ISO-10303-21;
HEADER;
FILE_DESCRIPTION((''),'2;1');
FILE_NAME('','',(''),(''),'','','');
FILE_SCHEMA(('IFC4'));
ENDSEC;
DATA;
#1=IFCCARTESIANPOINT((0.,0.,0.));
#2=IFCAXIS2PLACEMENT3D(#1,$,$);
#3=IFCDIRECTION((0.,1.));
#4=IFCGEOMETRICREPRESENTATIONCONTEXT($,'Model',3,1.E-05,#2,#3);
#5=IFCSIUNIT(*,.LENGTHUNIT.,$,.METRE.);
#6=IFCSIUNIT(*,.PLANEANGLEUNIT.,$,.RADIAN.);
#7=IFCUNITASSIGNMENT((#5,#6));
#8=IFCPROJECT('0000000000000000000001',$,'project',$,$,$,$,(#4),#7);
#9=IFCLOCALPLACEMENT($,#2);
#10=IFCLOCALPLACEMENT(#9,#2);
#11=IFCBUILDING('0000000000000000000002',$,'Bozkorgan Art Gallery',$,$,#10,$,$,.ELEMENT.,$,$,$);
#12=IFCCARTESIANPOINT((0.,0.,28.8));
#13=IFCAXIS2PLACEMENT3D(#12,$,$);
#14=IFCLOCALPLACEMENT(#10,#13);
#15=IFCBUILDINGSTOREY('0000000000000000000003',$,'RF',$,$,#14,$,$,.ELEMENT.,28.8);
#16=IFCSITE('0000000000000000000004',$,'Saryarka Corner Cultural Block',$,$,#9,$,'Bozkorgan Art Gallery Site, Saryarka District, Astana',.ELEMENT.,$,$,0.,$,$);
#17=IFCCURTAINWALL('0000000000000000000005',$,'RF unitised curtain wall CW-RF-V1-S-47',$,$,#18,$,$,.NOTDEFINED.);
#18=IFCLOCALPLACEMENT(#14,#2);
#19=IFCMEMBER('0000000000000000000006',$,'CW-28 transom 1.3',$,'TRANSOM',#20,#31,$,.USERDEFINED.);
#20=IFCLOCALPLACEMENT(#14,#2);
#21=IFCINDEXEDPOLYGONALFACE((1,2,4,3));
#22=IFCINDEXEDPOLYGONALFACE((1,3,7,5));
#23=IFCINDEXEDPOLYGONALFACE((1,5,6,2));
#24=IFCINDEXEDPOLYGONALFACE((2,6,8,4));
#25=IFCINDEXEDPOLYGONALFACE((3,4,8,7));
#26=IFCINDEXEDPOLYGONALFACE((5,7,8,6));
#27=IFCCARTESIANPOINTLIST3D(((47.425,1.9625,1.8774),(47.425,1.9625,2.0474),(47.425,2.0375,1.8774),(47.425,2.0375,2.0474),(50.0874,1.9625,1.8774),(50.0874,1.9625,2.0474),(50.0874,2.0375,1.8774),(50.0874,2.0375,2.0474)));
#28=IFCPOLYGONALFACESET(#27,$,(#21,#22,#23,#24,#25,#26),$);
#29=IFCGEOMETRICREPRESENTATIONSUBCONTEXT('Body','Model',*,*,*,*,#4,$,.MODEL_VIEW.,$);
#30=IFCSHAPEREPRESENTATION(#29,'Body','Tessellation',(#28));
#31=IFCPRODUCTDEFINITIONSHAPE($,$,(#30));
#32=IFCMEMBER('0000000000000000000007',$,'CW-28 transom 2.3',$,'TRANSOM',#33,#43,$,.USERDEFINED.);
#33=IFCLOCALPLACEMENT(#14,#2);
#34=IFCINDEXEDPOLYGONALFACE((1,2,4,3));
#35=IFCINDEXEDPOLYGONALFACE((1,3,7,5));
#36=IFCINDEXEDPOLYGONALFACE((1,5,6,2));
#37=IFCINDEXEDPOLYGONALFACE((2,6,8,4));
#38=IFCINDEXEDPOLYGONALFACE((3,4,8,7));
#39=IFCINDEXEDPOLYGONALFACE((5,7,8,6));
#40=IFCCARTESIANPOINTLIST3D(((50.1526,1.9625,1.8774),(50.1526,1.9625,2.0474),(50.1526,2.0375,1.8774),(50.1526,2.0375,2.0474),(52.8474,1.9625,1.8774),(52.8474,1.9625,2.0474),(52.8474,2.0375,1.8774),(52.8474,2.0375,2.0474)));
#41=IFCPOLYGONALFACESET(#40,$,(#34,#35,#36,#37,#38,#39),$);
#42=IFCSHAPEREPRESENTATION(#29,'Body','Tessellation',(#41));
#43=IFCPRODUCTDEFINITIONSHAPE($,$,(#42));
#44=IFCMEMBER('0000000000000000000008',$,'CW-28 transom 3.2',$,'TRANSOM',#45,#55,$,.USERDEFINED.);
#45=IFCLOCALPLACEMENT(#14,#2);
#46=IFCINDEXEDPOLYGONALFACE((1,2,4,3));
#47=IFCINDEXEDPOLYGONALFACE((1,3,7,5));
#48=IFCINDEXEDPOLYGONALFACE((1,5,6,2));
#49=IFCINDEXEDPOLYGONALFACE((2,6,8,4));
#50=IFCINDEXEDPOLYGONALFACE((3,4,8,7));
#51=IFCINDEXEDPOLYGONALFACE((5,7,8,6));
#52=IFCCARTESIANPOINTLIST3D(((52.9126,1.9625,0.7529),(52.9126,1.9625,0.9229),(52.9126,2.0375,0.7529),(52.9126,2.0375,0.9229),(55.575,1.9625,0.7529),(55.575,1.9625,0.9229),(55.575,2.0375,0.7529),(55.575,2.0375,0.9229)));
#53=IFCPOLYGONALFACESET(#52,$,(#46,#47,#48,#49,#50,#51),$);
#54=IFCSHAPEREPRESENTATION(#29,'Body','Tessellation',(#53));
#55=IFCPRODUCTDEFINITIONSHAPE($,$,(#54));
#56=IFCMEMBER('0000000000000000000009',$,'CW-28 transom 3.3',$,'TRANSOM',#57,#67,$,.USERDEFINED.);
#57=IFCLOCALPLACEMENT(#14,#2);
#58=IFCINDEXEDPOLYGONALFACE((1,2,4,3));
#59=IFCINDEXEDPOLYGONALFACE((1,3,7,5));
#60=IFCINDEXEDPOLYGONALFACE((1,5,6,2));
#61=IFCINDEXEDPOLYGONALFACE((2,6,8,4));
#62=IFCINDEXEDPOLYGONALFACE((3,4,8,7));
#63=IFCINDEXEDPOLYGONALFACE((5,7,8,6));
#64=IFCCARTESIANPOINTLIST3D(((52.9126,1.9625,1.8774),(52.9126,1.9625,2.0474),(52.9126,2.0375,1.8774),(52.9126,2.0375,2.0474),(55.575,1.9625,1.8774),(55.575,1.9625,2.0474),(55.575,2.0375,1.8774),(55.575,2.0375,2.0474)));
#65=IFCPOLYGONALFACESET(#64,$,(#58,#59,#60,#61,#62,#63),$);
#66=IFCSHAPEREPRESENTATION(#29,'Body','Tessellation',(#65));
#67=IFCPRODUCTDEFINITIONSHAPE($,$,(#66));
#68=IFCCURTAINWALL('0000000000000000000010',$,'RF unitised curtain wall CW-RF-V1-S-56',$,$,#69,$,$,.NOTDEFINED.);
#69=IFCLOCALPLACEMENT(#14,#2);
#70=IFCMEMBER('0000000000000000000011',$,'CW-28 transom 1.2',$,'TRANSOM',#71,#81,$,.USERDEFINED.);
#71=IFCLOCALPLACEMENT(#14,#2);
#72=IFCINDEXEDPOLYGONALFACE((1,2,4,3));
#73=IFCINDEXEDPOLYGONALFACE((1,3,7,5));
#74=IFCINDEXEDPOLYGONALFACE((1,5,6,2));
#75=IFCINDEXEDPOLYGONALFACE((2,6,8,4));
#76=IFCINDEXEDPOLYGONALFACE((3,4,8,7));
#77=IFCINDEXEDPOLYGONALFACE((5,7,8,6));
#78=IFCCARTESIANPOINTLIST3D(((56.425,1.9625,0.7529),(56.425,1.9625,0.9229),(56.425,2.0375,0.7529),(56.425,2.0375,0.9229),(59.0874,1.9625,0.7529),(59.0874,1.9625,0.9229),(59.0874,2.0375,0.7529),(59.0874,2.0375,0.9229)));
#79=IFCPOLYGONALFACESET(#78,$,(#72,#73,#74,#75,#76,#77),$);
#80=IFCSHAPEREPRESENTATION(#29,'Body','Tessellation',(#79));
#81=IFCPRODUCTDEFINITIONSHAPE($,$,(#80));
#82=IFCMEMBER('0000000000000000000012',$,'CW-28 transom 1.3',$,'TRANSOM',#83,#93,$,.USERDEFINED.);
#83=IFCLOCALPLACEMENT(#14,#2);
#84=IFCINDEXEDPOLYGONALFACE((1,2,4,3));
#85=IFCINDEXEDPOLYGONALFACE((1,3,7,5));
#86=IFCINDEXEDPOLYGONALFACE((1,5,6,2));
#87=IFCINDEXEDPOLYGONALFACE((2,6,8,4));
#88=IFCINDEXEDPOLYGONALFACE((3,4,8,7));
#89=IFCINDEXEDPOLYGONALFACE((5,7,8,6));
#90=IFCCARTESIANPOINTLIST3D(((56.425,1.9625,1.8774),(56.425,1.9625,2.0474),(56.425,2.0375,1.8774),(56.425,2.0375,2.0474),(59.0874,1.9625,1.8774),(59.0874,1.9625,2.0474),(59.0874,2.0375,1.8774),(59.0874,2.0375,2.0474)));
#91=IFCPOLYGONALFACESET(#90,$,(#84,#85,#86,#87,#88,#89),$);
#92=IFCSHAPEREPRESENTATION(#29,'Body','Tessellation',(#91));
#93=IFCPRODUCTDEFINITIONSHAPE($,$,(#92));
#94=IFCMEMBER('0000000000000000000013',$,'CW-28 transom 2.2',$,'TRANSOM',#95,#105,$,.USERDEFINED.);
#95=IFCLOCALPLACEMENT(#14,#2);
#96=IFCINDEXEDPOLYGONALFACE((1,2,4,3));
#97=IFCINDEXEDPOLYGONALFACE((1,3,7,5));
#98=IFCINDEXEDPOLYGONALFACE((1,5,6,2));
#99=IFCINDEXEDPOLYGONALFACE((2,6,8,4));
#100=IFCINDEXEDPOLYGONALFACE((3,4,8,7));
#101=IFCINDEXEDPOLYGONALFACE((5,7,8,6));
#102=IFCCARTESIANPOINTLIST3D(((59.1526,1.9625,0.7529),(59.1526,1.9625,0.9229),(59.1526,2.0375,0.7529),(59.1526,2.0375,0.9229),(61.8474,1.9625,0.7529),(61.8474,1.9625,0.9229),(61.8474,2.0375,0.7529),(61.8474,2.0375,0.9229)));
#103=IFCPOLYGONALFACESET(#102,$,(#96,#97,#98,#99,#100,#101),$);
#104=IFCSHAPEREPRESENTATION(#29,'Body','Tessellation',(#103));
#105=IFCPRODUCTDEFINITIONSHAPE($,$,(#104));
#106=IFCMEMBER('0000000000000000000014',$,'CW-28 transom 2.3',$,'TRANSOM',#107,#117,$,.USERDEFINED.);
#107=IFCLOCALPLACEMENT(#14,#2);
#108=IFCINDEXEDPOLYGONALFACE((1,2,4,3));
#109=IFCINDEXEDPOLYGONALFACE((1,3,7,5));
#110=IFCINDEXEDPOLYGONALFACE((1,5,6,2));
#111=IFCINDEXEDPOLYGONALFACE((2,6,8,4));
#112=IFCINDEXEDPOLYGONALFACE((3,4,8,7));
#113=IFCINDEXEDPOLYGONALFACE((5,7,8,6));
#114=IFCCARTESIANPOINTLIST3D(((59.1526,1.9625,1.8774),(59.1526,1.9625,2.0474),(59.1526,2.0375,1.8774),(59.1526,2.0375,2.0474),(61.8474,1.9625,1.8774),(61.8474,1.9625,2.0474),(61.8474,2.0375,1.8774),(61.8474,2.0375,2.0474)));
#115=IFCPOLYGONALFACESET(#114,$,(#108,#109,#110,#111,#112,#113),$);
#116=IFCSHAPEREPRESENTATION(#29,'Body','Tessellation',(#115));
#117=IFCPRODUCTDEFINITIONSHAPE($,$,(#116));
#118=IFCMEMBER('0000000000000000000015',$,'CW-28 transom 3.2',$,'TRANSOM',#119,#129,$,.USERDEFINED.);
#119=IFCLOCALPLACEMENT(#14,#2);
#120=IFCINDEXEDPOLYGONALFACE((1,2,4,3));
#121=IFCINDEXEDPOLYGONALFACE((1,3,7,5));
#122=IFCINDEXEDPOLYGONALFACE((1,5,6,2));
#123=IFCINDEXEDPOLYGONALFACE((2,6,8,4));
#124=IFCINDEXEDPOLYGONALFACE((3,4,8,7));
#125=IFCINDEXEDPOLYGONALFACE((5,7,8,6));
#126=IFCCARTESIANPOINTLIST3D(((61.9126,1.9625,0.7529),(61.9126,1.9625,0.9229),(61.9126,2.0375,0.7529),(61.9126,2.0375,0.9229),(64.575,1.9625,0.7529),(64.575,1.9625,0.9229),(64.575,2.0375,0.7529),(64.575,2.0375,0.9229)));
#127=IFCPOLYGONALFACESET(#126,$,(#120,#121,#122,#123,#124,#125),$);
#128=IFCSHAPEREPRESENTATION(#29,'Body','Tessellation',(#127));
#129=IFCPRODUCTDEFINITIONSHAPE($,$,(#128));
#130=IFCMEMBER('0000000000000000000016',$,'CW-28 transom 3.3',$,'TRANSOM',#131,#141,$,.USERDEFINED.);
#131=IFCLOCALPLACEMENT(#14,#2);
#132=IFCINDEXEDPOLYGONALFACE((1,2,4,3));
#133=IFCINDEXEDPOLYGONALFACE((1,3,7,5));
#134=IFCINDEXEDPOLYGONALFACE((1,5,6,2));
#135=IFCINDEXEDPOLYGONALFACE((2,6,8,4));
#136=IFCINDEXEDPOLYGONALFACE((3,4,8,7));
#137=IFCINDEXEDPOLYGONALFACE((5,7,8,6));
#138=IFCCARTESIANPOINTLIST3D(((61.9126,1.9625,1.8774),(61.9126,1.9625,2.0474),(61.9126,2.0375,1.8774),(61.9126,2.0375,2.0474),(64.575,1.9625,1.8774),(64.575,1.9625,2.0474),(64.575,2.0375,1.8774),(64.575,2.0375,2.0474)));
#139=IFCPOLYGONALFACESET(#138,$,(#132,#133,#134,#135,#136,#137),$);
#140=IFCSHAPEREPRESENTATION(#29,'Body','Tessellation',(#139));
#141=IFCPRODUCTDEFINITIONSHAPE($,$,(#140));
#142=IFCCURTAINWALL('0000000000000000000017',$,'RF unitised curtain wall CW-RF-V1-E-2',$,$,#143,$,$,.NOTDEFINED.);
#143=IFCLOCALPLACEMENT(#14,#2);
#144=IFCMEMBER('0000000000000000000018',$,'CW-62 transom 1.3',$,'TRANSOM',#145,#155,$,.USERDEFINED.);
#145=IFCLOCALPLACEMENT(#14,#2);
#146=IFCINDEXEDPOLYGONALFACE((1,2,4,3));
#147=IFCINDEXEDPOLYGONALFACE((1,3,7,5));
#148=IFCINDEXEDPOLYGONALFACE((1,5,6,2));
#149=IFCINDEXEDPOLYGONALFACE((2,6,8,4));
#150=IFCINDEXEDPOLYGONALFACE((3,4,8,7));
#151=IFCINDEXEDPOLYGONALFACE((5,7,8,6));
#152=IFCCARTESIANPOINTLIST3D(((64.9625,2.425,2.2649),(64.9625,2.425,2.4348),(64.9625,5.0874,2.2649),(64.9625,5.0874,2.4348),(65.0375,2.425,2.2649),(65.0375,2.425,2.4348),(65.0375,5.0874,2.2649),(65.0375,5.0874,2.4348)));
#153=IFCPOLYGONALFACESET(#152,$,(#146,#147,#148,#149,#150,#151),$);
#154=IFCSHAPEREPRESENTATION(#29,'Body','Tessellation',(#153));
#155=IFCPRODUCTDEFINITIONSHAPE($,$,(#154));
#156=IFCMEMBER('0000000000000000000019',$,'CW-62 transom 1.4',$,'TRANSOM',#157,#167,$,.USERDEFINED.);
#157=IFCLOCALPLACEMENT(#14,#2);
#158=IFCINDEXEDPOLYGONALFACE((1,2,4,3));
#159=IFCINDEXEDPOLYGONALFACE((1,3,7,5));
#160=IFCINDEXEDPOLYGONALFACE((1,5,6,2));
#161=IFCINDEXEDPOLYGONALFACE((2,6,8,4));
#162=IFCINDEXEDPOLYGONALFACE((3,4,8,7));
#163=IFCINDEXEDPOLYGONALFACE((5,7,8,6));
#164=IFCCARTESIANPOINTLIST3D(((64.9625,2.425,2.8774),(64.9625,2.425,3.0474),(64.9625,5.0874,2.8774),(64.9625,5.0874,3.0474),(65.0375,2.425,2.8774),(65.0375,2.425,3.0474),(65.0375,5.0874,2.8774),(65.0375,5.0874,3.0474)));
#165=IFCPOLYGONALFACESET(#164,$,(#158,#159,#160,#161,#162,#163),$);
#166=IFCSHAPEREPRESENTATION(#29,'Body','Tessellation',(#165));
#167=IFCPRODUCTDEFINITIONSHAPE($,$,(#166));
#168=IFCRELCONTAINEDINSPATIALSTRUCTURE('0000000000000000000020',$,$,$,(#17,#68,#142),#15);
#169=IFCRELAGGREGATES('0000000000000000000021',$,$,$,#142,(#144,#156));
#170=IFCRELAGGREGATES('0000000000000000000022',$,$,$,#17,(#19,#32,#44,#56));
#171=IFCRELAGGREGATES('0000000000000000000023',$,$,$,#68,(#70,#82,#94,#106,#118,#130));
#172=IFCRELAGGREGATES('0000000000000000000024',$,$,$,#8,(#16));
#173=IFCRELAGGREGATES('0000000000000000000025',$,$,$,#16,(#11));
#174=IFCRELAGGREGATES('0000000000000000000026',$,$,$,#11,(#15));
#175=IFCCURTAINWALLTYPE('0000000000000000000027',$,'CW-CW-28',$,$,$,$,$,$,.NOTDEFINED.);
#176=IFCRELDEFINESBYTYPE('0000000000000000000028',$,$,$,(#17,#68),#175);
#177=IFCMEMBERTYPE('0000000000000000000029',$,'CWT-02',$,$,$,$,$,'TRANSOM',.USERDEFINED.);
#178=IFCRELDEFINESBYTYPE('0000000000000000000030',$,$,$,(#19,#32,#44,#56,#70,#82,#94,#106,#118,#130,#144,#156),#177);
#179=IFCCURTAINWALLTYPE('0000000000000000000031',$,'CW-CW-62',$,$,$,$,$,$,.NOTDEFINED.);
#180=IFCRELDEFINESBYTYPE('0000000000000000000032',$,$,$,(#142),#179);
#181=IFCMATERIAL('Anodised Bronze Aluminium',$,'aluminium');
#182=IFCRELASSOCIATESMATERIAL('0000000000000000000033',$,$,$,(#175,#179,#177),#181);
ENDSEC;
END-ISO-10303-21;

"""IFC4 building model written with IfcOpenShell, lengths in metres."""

from ifc_helpers import new_model, si_unit, direction, frame, origin, origin_2d, place, context, subcontext, project, spatial, rectangle, extrude, material, material_profile, profile_set, type_object, element, aggregate, save


model = new_model("IFC4")

# Units and contexts
model_context = context("Model", 3, precision=1e-05, world=origin(), true_north=direction((0.0, 1.0)))
body_context = subcontext(model_context, "Body", "Model", "MODEL_VIEW")
ifc_project = project(units=[si_unit("LENGTHUNIT", "METRE"), si_unit("PLANEANGLEUNIT", "RADIAN")], contexts=[model_context])

# Site, building, storey
site_placement = place(None, origin())
site = spatial("IfcSite", under=ifc_project, at=site_placement, Name="Saryarka Corner Cultural Block", LongName="Bozkorgan Art Gallery Site, Saryarka District, Astana", CompositionType="ELEMENT", RefElevation=0.0)
building_placement = place(site_placement, origin())
building = spatial("IfcBuilding", under=site, at=building_placement, Name="Bozkorgan Art Gallery", CompositionType="ELEMENT")
storey_placement = place(building_placement, frame((0.0, 0.0, 28.8)))
storey = spatial("IfcBuildingStorey", under=building, at=storey_placement, Name="RF", CompositionType="ELEMENT", Elevation=28.8)

# Curtain walls, members
ifc_material_1 = material(Name="Anodised Bronze Aluminium", Category="aluminium")
curtain_wall_type_1 = type_object("IfcCurtainWallType", Name="CW-CW-28", PredefinedType="NOTDEFINED", material=ifc_material_1)
curtain_wall_1_placement = place(storey_placement, origin())
curtain_wall_1 = element("IfcCurtainWall", 1, at=curtain_wall_1_placement, inside=storey, type_object=curtain_wall_type_1, Name="RF unitised curtain wall CW-RF-V1-S-47", PredefinedType="NOTDEFINED")
ifc_material_profile_1 = material_profile(ifc_material_1, rectangle(XDim=0.075, YDim=0.1699, at=origin_2d()), Name="ALU TRANSOM 75x170")
ifc_profile_set_1 = profile_set([ifc_material_profile_1], Name="Anodised Bronze Aluminium")
member_type_1 = type_object("IfcMemberType", Name="CWT-02", ElementType="TRANSOM", PredefinedType="USERDEFINED", material=ifc_profile_set_1)
member_1_placement = place(storey_placement, frame((47.425, 2.0, 1.9624), z_axis=(1.0, 0.0, 0.0), x_axis=(0.0, 1.0, 0.0)))
member_1 = element("IfcMember", 2, at=member_1_placement, type_object=member_type_1, Name="CW-28 transom 1.3", ObjectType="TRANSOM", PredefinedType="USERDEFINED", context=body_context, shape_type="SweptSolid", body=[
    extrude(rectangle(XDim=0.075, YDim=0.1699, at=origin_2d()), origin(), (0.0, 0.0, 1.0), 2.6624),
])
member_2_placement = place(storey_placement, frame((50.1526, 2.0, 1.9624), z_axis=(1.0, 0.0, 0.0), x_axis=(0.0, 1.0, 0.0)))
member_2 = element("IfcMember", 3, at=member_2_placement, type_object=member_type_1, Name="CW-28 transom 2.3", ObjectType="TRANSOM", PredefinedType="USERDEFINED", context=body_context, shape_type="SweptSolid", body=[
    extrude(rectangle(XDim=0.075, YDim=0.1699, at=origin_2d()), origin(), (0.0, 0.0, 1.0), 2.6948),
])
member_3_placement = place(storey_placement, frame((52.9126, 2.0, 0.8379), z_axis=(1.0, 0.0, 0.0), x_axis=(0.0, 1.0, 0.0)))
member_3 = element("IfcMember", 4, at=member_3_placement, type_object=member_type_1, Name="CW-28 transom 3.2", ObjectType="TRANSOM", PredefinedType="USERDEFINED", context=body_context, shape_type="SweptSolid", body=[
    extrude(rectangle(XDim=0.075, YDim=0.1699, at=origin_2d()), origin(), (0.0, 0.0, 1.0), 2.6624),
])
member_4_placement = place(storey_placement, frame((52.9126, 2.0, 1.9624), z_axis=(1.0, 0.0, 0.0), x_axis=(0.0, 1.0, 0.0)))
member_4 = element("IfcMember", 5, at=member_4_placement, type_object=member_type_1, Name="CW-28 transom 3.3", ObjectType="TRANSOM", PredefinedType="USERDEFINED", context=body_context, shape_type="SweptSolid", body=[
    extrude(rectangle(XDim=0.075, YDim=0.1699, at=origin_2d()), origin(), (0.0, 0.0, 1.0), 2.6624),
])
curtain_wall_2_placement = place(storey_placement, origin())
curtain_wall_2 = element("IfcCurtainWall", 6, at=curtain_wall_2_placement, inside=storey, type_object=curtain_wall_type_1, Name="RF unitised curtain wall CW-RF-V1-S-56", PredefinedType="NOTDEFINED")
member_5_placement = place(storey_placement, frame((56.425, 2.0, 0.8379), z_axis=(1.0, 0.0, 0.0), x_axis=(0.0, 1.0, 0.0)))
member_5 = element("IfcMember", 7, at=member_5_placement, type_object=member_type_1, Name="CW-28 transom 1.2", ObjectType="TRANSOM", PredefinedType="USERDEFINED", context=body_context, shape_type="SweptSolid", body=[
    extrude(rectangle(XDim=0.075, YDim=0.1699, at=origin_2d()), origin(), (0.0, 0.0, 1.0), 2.6624),
])
member_6_placement = place(storey_placement, frame((56.425, 2.0, 1.9624), z_axis=(1.0, 0.0, 0.0), x_axis=(0.0, 1.0, 0.0)))
member_6 = element("IfcMember", 8, at=member_6_placement, type_object=member_type_1, Name="CW-28 transom 1.3", ObjectType="TRANSOM", PredefinedType="USERDEFINED", context=body_context, shape_type="SweptSolid", body=[
    extrude(rectangle(XDim=0.075, YDim=0.1699, at=origin_2d()), origin(), (0.0, 0.0, 1.0), 2.6624),
])
member_7_placement = place(storey_placement, frame((59.1526, 2.0, 0.8379), z_axis=(1.0, 0.0, 0.0), x_axis=(0.0, 1.0, 0.0)))
member_7 = element("IfcMember", 9, at=member_7_placement, type_object=member_type_1, Name="CW-28 transom 2.2", ObjectType="TRANSOM", PredefinedType="USERDEFINED", context=body_context, shape_type="SweptSolid", body=[
    extrude(rectangle(XDim=0.075, YDim=0.1699, at=origin_2d()), origin(), (0.0, 0.0, 1.0), 2.6948),
])
member_8_placement = place(storey_placement, frame((59.1526, 2.0, 1.9624), z_axis=(1.0, 0.0, 0.0), x_axis=(0.0, 1.0, 0.0)))
member_8 = element("IfcMember", 10, at=member_8_placement, type_object=member_type_1, Name="CW-28 transom 2.3", ObjectType="TRANSOM", PredefinedType="USERDEFINED", context=body_context, shape_type="SweptSolid", body=[
    extrude(rectangle(XDim=0.075, YDim=0.1699, at=origin_2d()), origin(), (0.0, 0.0, 1.0), 2.6948),
])
member_9_placement = place(storey_placement, frame((61.9126, 2.0, 0.8379), z_axis=(1.0, 0.0, 0.0), x_axis=(0.0, 1.0, 0.0)))
member_9 = element("IfcMember", 11, at=member_9_placement, type_object=member_type_1, Name="CW-28 transom 3.2", ObjectType="TRANSOM", PredefinedType="USERDEFINED", context=body_context, shape_type="SweptSolid", body=[
    extrude(rectangle(XDim=0.075, YDim=0.1699, at=origin_2d()), origin(), (0.0, 0.0, 1.0), 2.6624),
])
member_10_placement = place(storey_placement, frame((61.9126, 2.0, 1.9624), z_axis=(1.0, 0.0, 0.0), x_axis=(0.0, 1.0, 0.0)))
member_10 = element("IfcMember", 12, at=member_10_placement, type_object=member_type_1, Name="CW-28 transom 3.3", ObjectType="TRANSOM", PredefinedType="USERDEFINED", context=body_context, shape_type="SweptSolid", body=[
    extrude(rectangle(XDim=0.075, YDim=0.1699, at=origin_2d()), origin(), (0.0, 0.0, 1.0), 2.6624),
])
curtain_wall_type_2 = type_object("IfcCurtainWallType", Name="CW-CW-62", PredefinedType="NOTDEFINED", material=ifc_material_1)
curtain_wall_3_placement = place(storey_placement, origin())
curtain_wall_3 = element("IfcCurtainWall", 13, at=curtain_wall_3_placement, inside=storey, type_object=curtain_wall_type_2, Name="RF unitised curtain wall CW-RF-V1-E-2", PredefinedType="NOTDEFINED")
member_11_placement = place(storey_placement, frame((65.0, 2.425, 2.3499), z_axis=(0.0, 1.0, 0.0), x_axis=(-1.0, 0.0, 0.0)))
member_11 = element("IfcMember", 14, at=member_11_placement, type_object=member_type_1, Name="CW-62 transom 1.3", ObjectType="TRANSOM", PredefinedType="USERDEFINED", context=body_context, shape_type="SweptSolid", body=[
    extrude(rectangle(XDim=0.075, YDim=0.1699, at=origin_2d()), origin(), (0.0, 0.0, 1.0), 2.6624),
])
member_12_placement = place(storey_placement, frame((65.0, 2.425, 2.9624), z_axis=(0.0, 1.0, 0.0), x_axis=(-1.0, 0.0, 0.0)))
member_12 = element("IfcMember", 15, at=member_12_placement, type_object=member_type_1, Name="CW-62 transom 1.4", ObjectType="TRANSOM", PredefinedType="USERDEFINED", context=body_context, shape_type="SweptSolid", body=[
    extrude(rectangle(XDim=0.075, YDim=0.1699, at=origin_2d()), origin(), (0.0, 0.0, 1.0), 2.6624),
])
aggregate(curtain_wall_3, [member_11, member_12])

aggregate(curtain_wall_1, [member_1, member_2, member_3, member_4])
aggregate(curtain_wall_2, [member_5, member_6, member_7, member_8, member_9, member_10])

save(model, "model.ifc")
